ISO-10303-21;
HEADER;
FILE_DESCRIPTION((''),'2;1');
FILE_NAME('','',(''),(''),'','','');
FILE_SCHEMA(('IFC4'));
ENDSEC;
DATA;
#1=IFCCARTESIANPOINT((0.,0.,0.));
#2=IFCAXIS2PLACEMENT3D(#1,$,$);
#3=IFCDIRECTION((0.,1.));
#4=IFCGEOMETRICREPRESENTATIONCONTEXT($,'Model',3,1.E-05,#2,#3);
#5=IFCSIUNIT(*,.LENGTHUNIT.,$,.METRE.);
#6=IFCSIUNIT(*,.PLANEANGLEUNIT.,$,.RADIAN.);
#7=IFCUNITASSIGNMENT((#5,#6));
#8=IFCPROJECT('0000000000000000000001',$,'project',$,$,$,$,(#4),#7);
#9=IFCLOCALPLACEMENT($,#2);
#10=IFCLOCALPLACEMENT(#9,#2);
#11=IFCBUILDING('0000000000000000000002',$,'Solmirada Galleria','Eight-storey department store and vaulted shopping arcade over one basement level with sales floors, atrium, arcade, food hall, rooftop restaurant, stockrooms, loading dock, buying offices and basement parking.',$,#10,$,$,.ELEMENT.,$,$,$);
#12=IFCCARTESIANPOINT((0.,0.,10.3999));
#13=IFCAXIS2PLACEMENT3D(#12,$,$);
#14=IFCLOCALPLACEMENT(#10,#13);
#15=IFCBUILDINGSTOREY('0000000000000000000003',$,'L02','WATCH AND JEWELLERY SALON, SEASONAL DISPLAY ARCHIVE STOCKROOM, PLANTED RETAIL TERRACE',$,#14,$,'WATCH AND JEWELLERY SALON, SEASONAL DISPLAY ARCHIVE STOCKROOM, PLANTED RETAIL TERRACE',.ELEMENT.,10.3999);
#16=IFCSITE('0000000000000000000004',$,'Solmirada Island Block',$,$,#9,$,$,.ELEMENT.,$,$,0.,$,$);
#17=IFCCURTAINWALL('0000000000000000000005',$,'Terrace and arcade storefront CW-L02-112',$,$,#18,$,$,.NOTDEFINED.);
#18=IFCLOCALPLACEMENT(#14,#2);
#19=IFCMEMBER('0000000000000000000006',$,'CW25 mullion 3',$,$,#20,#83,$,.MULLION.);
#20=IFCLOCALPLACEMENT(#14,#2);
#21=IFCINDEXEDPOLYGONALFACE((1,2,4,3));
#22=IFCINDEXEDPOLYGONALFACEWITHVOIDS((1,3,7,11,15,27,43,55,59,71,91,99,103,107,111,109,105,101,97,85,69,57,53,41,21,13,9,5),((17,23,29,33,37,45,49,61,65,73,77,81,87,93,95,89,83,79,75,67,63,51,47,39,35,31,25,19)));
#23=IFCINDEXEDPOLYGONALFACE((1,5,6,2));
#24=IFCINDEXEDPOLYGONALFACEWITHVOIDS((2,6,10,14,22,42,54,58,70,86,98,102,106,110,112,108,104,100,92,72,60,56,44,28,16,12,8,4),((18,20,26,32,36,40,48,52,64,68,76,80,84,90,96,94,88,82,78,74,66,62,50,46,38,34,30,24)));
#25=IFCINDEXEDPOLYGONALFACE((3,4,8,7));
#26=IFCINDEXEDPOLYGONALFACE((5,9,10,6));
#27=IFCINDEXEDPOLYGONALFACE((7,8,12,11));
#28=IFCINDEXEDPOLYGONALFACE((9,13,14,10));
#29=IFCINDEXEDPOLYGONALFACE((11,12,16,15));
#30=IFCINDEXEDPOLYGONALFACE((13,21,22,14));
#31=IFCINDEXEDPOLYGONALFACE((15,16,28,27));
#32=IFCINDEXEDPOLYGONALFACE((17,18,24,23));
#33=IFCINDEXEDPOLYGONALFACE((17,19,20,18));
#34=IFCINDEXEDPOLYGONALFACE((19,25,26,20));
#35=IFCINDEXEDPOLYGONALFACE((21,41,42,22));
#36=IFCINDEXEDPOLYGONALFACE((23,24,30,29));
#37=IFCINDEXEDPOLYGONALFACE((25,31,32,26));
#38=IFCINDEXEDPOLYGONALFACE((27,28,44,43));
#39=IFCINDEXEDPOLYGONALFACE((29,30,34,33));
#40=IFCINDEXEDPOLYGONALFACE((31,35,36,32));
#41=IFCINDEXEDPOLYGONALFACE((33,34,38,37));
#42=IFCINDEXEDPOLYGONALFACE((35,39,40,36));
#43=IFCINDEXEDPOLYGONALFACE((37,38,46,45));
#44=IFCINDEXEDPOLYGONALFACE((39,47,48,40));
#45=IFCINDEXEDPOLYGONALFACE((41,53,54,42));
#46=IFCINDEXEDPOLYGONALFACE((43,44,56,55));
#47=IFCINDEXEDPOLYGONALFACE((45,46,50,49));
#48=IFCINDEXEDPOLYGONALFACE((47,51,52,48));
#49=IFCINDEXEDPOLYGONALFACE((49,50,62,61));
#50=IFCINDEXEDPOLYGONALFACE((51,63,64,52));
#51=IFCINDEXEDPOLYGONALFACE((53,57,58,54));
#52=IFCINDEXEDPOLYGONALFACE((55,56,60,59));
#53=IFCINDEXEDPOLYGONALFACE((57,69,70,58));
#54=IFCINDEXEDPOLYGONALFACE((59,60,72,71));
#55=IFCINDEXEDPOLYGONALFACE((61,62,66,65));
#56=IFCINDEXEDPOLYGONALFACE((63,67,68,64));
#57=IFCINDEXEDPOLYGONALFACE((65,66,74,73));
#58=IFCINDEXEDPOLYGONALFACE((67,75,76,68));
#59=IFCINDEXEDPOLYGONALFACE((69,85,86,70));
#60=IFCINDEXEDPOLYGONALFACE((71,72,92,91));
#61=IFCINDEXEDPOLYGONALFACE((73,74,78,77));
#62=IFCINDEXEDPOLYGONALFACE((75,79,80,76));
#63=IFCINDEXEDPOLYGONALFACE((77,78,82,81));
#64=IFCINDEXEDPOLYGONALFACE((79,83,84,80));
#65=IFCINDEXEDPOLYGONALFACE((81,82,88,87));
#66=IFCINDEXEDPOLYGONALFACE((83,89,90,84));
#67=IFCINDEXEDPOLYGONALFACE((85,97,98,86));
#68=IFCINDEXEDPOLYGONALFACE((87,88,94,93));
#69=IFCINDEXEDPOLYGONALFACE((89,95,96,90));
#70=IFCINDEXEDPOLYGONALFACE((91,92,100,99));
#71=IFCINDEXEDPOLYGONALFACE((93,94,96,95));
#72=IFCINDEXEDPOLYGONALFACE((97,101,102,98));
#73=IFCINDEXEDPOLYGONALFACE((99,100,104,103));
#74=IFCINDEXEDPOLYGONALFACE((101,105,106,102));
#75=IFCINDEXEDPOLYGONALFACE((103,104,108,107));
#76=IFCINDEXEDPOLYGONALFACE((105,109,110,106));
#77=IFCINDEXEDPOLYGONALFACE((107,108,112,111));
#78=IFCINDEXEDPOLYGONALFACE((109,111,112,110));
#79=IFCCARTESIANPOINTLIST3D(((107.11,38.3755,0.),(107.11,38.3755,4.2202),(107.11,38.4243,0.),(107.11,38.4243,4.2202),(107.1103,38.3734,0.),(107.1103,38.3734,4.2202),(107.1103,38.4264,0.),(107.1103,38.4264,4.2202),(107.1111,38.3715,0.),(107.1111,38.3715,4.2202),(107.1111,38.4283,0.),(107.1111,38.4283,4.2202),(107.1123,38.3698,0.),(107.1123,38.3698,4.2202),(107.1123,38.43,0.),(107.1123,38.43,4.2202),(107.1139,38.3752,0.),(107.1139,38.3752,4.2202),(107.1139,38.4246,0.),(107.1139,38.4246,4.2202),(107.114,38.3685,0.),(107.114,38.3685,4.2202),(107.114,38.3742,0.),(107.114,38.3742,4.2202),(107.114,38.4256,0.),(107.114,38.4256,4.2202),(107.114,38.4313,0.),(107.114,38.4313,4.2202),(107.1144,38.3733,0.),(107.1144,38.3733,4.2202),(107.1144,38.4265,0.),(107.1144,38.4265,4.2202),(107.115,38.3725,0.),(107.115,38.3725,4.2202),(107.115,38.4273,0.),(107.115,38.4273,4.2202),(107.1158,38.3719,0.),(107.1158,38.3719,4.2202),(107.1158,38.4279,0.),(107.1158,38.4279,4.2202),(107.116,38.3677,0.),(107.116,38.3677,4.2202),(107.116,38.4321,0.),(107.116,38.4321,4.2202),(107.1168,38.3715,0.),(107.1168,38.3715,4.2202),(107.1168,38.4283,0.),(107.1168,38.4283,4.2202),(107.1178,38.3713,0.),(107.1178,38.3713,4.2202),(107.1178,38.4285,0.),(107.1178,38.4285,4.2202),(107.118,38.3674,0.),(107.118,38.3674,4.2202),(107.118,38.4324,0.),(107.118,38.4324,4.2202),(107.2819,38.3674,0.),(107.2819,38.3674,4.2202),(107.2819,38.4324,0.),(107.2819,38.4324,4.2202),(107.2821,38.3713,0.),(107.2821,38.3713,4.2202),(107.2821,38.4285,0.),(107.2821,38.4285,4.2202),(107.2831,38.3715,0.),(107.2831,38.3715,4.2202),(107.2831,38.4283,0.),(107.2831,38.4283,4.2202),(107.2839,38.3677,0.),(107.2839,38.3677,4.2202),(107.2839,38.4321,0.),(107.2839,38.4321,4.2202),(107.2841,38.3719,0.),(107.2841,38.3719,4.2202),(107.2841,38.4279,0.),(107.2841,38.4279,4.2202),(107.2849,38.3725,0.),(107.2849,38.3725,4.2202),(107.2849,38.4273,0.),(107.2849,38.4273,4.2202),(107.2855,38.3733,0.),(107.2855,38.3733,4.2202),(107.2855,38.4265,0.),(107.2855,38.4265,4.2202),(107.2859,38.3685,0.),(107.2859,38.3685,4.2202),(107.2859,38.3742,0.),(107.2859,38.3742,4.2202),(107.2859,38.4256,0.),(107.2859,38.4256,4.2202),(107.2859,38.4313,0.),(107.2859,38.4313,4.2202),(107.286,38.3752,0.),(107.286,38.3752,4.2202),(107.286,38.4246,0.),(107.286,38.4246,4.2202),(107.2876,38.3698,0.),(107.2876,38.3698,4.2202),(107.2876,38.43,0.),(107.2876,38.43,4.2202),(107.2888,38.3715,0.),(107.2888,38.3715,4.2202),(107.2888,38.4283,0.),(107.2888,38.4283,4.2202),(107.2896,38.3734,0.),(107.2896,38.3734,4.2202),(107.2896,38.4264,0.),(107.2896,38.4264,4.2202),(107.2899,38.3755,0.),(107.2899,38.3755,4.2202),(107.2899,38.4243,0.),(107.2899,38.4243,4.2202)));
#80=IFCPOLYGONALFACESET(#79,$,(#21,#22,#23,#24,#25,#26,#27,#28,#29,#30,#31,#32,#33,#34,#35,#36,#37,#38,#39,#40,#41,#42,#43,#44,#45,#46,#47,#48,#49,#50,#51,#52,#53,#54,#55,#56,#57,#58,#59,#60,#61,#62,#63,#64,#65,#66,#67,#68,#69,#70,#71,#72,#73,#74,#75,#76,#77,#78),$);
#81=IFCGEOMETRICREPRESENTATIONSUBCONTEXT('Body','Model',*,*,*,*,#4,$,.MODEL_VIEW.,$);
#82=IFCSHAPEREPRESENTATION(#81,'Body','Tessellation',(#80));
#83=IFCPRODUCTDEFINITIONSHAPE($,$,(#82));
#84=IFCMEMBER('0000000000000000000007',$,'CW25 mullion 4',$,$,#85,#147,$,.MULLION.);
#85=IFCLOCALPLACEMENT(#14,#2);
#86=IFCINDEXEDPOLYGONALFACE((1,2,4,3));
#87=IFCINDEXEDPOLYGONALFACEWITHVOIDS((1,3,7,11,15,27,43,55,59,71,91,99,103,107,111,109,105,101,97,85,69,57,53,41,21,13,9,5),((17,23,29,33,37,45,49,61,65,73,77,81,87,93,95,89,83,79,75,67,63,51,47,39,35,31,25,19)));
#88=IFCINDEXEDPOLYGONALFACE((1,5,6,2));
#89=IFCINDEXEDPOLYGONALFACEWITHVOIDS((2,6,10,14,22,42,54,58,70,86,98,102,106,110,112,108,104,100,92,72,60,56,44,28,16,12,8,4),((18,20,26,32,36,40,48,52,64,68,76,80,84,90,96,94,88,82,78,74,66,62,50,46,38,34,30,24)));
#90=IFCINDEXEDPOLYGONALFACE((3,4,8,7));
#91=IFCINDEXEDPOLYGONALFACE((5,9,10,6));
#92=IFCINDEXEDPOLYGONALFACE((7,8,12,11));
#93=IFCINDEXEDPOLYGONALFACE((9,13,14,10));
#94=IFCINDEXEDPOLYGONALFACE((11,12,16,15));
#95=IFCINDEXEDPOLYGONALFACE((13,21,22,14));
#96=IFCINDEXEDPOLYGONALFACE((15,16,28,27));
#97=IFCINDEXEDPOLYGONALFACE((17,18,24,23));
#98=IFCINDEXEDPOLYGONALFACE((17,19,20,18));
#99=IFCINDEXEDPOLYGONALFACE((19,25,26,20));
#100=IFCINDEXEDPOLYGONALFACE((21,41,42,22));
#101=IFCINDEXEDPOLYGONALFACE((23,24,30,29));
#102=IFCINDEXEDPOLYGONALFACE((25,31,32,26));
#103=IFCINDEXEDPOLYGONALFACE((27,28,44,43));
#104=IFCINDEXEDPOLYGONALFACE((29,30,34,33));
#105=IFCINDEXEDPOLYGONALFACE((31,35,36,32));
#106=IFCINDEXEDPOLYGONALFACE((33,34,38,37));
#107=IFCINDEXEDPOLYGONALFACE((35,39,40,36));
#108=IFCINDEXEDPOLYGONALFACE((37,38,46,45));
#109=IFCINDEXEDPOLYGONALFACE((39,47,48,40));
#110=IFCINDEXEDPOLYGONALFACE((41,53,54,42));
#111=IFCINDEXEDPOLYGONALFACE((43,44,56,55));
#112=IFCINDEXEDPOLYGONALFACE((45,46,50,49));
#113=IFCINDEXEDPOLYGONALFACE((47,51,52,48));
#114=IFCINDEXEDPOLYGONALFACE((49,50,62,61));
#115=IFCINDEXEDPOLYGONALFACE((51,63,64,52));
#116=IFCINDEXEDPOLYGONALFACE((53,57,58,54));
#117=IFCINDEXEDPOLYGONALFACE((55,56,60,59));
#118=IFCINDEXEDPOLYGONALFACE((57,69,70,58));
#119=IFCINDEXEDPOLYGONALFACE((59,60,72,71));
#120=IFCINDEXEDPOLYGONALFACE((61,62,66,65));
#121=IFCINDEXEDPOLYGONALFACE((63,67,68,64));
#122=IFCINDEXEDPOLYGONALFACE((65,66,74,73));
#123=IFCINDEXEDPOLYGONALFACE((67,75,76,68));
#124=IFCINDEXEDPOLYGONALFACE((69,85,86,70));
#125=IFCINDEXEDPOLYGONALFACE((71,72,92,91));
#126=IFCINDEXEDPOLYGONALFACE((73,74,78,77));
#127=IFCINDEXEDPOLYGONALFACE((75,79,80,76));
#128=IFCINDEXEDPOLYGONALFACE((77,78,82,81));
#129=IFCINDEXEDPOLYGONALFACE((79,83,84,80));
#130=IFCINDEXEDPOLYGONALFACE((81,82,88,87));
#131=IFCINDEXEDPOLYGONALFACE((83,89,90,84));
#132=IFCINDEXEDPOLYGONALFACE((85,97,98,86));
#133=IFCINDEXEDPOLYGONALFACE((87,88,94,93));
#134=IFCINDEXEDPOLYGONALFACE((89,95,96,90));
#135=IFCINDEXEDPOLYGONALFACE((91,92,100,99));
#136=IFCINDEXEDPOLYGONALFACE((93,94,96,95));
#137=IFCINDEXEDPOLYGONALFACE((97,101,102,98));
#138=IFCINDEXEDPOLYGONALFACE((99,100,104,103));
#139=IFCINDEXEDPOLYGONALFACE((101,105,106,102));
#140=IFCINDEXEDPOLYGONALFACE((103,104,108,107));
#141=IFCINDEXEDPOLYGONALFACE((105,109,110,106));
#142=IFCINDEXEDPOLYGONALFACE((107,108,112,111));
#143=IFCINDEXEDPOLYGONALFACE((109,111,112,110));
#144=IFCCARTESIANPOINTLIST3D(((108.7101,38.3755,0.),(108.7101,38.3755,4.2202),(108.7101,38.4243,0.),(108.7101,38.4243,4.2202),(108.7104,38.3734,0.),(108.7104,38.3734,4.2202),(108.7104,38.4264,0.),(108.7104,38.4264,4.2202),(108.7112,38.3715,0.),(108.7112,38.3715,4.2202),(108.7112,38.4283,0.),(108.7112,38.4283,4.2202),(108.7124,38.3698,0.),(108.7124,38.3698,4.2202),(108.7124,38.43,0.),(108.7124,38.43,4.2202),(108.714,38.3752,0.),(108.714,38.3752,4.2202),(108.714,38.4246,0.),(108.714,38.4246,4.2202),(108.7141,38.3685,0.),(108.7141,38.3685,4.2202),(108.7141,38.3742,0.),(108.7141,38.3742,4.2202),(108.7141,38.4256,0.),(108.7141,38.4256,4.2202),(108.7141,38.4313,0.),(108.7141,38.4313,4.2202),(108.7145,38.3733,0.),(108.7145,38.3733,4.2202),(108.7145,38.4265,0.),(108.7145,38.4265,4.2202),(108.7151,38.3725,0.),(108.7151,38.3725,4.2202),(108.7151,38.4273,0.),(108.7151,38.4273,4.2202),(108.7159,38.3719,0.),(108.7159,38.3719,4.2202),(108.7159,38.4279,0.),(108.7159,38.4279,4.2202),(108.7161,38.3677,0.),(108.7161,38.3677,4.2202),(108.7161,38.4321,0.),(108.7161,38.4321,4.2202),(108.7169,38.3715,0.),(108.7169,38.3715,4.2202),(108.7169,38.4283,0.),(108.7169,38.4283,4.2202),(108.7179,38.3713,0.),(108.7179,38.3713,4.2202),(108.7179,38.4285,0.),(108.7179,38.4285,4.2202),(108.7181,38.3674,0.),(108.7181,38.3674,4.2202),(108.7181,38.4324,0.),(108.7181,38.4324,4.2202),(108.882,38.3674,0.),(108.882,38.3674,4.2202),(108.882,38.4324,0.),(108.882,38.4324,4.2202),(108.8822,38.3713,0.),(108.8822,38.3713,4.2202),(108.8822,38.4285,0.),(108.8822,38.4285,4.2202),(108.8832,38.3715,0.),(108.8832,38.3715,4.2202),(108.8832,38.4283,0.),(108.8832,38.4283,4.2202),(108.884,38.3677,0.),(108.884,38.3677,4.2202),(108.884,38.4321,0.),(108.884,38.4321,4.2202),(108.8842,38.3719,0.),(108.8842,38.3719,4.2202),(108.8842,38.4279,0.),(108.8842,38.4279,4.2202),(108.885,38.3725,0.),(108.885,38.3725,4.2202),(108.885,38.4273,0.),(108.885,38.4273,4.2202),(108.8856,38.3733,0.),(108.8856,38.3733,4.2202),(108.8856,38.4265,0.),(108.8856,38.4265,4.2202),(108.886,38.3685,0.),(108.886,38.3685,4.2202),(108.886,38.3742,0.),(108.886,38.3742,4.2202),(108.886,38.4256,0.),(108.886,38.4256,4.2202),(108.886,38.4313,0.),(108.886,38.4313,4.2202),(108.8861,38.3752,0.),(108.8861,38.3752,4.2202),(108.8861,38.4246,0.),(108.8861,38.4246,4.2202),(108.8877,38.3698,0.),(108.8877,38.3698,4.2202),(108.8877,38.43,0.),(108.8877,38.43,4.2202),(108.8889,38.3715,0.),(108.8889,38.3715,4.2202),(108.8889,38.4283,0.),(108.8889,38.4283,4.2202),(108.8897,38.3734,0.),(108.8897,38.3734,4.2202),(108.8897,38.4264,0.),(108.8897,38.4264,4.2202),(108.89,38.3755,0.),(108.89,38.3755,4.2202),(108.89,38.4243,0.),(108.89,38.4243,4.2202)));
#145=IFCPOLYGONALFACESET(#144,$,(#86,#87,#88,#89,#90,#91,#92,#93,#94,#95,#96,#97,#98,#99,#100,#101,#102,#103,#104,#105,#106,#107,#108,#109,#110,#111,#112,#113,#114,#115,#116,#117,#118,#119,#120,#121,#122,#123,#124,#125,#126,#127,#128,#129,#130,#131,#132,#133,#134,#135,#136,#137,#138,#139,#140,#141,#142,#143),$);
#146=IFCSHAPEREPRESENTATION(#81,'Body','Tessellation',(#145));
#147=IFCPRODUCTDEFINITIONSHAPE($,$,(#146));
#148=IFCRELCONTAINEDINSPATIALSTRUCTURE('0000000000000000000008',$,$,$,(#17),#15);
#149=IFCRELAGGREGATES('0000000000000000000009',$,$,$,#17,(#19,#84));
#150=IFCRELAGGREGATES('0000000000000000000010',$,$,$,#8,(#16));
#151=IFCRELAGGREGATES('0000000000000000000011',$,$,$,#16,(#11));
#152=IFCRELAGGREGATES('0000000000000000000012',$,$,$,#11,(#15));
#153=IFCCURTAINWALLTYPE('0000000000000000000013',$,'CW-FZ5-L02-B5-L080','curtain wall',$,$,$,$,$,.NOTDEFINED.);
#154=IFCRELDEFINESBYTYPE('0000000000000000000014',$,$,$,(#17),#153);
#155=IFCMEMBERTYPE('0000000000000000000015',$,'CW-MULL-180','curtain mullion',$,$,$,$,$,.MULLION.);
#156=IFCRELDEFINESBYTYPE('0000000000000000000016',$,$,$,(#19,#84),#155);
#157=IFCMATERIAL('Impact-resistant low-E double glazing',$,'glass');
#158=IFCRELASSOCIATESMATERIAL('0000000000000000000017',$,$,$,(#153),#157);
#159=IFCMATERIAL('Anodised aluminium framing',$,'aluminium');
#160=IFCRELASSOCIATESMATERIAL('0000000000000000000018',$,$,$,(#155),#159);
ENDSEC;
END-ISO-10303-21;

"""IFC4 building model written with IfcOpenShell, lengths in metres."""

from ifc_helpers import new_model, si_unit, direction, frame, origin, origin_2d, place, context, subcontext, project, spatial, hollow_rectangle, extrude, material, material_profile, profile_set, type_object, element, aggregate, save


model = new_model("IFC4")

# Units and contexts
model_context = context("Model", 3, precision=1e-05, world=origin(), true_north=direction((0.0, 1.0)))
body_context = subcontext(model_context, "Body", "Model", "MODEL_VIEW")
ifc_project = project(units=[si_unit("LENGTHUNIT", "METRE"), si_unit("PLANEANGLEUNIT", "RADIAN")], contexts=[model_context])

# Site, building, storey
site_placement = place(None, origin())
site = spatial("IfcSite", under=ifc_project, at=site_placement, Name="Solmirada Island Block", CompositionType="ELEMENT", RefElevation=0.0)
building_placement = place(site_placement, origin())
building = spatial("IfcBuilding", under=site, at=building_placement, Name="Solmirada Galleria", Description="Eight-storey department store and vaulted shopping arcade over one basement level with sales floors, atrium, arcade, food hall, rooftop restaurant, stockrooms, loading dock, buying offices and basement parking.", CompositionType="ELEMENT")
storey_placement = place(building_placement, frame((0.0, 0.0, 10.3999)))
storey = spatial("IfcBuildingStorey", under=building, at=storey_placement, Name="L02", Description="WATCH AND JEWELLERY SALON, SEASONAL DISPLAY ARCHIVE STOCKROOM, PLANTED RETAIL TERRACE", LongName="WATCH AND JEWELLERY SALON, SEASONAL DISPLAY ARCHIVE STOCKROOM, PLANTED RETAIL TERRACE", CompositionType="ELEMENT", Elevation=10.3999)

# Curtain wall, members
ifc_material_1 = material(Name="Impact-resistant low-E double glazing", Category="glass")
curtain_wall_type = type_object("IfcCurtainWallType", Name="CW-FZ5-L02-B5-L080", Description="curtain wall", PredefinedType="NOTDEFINED", material=ifc_material_1)
curtain_wall_1_placement = place(storey_placement, origin())
curtain_wall_1 = element("IfcCurtainWall", 1, at=curtain_wall_1_placement, inside=storey, type_object=curtain_wall_type, Name="Terrace and arcade storefront CW-L02-112", PredefinedType="NOTDEFINED")
ifc_material_2 = material(Name="Anodised aluminium framing", Category="aluminium")
ifc_material_profile_1 = material_profile(ifc_material_2, hollow_rectangle(XDim=0.0649, YDim=0.1799, WallThickness=0.0039, InnerFilletRadius=0.0039, OuterFilletRadius=0.0081, at=origin_2d()), Name="ALU-MULL-180X65")
ifc_profile_set_1 = profile_set([ifc_material_profile_1], Name="Anodised aluminium framing")
member_type_1 = type_object("IfcMemberType", Name="CW-MULL-180", Description="curtain mullion", PredefinedType="MULLION", material=ifc_profile_set_1)
member_1_placement = place(storey_placement, frame((107.2, 38.3999, 0.0), z_axis=(0.0, 0.0, 1.0), x_axis=(0.0, 1.0, 0.0)))
member_1 = element("IfcMember", 2, at=member_1_placement, type_object=member_type_1, Name="CW25 mullion 3", PredefinedType="MULLION", context=body_context, shape_type="SweptSolid", body=[
    extrude(hollow_rectangle(XDim=0.0649, YDim=0.1799, WallThickness=0.0039, InnerFilletRadius=0.0039, OuterFilletRadius=0.0081, at=origin_2d()), origin(), (0.0, 0.0, 1.0), 4.2202),
])
member_2_placement = place(storey_placement, frame((108.8, 38.3999, 0.0), z_axis=(0.0, 0.0, 1.0), x_axis=(0.0, 1.0, 0.0)))
member_2 = element("IfcMember", 3, at=member_2_placement, type_object=member_type_1, Name="CW25 mullion 4", PredefinedType="MULLION", context=body_context, shape_type="SweptSolid", body=[
    extrude(hollow_rectangle(XDim=0.0649, YDim=0.1799, WallThickness=0.0039, InnerFilletRadius=0.0039, OuterFilletRadius=0.0081, at=origin_2d()), origin(), (0.0, 0.0, 1.0), 4.2202),
])

aggregate(curtain_wall_1, [member_1, member_2])

save(model, "model.ifc")
